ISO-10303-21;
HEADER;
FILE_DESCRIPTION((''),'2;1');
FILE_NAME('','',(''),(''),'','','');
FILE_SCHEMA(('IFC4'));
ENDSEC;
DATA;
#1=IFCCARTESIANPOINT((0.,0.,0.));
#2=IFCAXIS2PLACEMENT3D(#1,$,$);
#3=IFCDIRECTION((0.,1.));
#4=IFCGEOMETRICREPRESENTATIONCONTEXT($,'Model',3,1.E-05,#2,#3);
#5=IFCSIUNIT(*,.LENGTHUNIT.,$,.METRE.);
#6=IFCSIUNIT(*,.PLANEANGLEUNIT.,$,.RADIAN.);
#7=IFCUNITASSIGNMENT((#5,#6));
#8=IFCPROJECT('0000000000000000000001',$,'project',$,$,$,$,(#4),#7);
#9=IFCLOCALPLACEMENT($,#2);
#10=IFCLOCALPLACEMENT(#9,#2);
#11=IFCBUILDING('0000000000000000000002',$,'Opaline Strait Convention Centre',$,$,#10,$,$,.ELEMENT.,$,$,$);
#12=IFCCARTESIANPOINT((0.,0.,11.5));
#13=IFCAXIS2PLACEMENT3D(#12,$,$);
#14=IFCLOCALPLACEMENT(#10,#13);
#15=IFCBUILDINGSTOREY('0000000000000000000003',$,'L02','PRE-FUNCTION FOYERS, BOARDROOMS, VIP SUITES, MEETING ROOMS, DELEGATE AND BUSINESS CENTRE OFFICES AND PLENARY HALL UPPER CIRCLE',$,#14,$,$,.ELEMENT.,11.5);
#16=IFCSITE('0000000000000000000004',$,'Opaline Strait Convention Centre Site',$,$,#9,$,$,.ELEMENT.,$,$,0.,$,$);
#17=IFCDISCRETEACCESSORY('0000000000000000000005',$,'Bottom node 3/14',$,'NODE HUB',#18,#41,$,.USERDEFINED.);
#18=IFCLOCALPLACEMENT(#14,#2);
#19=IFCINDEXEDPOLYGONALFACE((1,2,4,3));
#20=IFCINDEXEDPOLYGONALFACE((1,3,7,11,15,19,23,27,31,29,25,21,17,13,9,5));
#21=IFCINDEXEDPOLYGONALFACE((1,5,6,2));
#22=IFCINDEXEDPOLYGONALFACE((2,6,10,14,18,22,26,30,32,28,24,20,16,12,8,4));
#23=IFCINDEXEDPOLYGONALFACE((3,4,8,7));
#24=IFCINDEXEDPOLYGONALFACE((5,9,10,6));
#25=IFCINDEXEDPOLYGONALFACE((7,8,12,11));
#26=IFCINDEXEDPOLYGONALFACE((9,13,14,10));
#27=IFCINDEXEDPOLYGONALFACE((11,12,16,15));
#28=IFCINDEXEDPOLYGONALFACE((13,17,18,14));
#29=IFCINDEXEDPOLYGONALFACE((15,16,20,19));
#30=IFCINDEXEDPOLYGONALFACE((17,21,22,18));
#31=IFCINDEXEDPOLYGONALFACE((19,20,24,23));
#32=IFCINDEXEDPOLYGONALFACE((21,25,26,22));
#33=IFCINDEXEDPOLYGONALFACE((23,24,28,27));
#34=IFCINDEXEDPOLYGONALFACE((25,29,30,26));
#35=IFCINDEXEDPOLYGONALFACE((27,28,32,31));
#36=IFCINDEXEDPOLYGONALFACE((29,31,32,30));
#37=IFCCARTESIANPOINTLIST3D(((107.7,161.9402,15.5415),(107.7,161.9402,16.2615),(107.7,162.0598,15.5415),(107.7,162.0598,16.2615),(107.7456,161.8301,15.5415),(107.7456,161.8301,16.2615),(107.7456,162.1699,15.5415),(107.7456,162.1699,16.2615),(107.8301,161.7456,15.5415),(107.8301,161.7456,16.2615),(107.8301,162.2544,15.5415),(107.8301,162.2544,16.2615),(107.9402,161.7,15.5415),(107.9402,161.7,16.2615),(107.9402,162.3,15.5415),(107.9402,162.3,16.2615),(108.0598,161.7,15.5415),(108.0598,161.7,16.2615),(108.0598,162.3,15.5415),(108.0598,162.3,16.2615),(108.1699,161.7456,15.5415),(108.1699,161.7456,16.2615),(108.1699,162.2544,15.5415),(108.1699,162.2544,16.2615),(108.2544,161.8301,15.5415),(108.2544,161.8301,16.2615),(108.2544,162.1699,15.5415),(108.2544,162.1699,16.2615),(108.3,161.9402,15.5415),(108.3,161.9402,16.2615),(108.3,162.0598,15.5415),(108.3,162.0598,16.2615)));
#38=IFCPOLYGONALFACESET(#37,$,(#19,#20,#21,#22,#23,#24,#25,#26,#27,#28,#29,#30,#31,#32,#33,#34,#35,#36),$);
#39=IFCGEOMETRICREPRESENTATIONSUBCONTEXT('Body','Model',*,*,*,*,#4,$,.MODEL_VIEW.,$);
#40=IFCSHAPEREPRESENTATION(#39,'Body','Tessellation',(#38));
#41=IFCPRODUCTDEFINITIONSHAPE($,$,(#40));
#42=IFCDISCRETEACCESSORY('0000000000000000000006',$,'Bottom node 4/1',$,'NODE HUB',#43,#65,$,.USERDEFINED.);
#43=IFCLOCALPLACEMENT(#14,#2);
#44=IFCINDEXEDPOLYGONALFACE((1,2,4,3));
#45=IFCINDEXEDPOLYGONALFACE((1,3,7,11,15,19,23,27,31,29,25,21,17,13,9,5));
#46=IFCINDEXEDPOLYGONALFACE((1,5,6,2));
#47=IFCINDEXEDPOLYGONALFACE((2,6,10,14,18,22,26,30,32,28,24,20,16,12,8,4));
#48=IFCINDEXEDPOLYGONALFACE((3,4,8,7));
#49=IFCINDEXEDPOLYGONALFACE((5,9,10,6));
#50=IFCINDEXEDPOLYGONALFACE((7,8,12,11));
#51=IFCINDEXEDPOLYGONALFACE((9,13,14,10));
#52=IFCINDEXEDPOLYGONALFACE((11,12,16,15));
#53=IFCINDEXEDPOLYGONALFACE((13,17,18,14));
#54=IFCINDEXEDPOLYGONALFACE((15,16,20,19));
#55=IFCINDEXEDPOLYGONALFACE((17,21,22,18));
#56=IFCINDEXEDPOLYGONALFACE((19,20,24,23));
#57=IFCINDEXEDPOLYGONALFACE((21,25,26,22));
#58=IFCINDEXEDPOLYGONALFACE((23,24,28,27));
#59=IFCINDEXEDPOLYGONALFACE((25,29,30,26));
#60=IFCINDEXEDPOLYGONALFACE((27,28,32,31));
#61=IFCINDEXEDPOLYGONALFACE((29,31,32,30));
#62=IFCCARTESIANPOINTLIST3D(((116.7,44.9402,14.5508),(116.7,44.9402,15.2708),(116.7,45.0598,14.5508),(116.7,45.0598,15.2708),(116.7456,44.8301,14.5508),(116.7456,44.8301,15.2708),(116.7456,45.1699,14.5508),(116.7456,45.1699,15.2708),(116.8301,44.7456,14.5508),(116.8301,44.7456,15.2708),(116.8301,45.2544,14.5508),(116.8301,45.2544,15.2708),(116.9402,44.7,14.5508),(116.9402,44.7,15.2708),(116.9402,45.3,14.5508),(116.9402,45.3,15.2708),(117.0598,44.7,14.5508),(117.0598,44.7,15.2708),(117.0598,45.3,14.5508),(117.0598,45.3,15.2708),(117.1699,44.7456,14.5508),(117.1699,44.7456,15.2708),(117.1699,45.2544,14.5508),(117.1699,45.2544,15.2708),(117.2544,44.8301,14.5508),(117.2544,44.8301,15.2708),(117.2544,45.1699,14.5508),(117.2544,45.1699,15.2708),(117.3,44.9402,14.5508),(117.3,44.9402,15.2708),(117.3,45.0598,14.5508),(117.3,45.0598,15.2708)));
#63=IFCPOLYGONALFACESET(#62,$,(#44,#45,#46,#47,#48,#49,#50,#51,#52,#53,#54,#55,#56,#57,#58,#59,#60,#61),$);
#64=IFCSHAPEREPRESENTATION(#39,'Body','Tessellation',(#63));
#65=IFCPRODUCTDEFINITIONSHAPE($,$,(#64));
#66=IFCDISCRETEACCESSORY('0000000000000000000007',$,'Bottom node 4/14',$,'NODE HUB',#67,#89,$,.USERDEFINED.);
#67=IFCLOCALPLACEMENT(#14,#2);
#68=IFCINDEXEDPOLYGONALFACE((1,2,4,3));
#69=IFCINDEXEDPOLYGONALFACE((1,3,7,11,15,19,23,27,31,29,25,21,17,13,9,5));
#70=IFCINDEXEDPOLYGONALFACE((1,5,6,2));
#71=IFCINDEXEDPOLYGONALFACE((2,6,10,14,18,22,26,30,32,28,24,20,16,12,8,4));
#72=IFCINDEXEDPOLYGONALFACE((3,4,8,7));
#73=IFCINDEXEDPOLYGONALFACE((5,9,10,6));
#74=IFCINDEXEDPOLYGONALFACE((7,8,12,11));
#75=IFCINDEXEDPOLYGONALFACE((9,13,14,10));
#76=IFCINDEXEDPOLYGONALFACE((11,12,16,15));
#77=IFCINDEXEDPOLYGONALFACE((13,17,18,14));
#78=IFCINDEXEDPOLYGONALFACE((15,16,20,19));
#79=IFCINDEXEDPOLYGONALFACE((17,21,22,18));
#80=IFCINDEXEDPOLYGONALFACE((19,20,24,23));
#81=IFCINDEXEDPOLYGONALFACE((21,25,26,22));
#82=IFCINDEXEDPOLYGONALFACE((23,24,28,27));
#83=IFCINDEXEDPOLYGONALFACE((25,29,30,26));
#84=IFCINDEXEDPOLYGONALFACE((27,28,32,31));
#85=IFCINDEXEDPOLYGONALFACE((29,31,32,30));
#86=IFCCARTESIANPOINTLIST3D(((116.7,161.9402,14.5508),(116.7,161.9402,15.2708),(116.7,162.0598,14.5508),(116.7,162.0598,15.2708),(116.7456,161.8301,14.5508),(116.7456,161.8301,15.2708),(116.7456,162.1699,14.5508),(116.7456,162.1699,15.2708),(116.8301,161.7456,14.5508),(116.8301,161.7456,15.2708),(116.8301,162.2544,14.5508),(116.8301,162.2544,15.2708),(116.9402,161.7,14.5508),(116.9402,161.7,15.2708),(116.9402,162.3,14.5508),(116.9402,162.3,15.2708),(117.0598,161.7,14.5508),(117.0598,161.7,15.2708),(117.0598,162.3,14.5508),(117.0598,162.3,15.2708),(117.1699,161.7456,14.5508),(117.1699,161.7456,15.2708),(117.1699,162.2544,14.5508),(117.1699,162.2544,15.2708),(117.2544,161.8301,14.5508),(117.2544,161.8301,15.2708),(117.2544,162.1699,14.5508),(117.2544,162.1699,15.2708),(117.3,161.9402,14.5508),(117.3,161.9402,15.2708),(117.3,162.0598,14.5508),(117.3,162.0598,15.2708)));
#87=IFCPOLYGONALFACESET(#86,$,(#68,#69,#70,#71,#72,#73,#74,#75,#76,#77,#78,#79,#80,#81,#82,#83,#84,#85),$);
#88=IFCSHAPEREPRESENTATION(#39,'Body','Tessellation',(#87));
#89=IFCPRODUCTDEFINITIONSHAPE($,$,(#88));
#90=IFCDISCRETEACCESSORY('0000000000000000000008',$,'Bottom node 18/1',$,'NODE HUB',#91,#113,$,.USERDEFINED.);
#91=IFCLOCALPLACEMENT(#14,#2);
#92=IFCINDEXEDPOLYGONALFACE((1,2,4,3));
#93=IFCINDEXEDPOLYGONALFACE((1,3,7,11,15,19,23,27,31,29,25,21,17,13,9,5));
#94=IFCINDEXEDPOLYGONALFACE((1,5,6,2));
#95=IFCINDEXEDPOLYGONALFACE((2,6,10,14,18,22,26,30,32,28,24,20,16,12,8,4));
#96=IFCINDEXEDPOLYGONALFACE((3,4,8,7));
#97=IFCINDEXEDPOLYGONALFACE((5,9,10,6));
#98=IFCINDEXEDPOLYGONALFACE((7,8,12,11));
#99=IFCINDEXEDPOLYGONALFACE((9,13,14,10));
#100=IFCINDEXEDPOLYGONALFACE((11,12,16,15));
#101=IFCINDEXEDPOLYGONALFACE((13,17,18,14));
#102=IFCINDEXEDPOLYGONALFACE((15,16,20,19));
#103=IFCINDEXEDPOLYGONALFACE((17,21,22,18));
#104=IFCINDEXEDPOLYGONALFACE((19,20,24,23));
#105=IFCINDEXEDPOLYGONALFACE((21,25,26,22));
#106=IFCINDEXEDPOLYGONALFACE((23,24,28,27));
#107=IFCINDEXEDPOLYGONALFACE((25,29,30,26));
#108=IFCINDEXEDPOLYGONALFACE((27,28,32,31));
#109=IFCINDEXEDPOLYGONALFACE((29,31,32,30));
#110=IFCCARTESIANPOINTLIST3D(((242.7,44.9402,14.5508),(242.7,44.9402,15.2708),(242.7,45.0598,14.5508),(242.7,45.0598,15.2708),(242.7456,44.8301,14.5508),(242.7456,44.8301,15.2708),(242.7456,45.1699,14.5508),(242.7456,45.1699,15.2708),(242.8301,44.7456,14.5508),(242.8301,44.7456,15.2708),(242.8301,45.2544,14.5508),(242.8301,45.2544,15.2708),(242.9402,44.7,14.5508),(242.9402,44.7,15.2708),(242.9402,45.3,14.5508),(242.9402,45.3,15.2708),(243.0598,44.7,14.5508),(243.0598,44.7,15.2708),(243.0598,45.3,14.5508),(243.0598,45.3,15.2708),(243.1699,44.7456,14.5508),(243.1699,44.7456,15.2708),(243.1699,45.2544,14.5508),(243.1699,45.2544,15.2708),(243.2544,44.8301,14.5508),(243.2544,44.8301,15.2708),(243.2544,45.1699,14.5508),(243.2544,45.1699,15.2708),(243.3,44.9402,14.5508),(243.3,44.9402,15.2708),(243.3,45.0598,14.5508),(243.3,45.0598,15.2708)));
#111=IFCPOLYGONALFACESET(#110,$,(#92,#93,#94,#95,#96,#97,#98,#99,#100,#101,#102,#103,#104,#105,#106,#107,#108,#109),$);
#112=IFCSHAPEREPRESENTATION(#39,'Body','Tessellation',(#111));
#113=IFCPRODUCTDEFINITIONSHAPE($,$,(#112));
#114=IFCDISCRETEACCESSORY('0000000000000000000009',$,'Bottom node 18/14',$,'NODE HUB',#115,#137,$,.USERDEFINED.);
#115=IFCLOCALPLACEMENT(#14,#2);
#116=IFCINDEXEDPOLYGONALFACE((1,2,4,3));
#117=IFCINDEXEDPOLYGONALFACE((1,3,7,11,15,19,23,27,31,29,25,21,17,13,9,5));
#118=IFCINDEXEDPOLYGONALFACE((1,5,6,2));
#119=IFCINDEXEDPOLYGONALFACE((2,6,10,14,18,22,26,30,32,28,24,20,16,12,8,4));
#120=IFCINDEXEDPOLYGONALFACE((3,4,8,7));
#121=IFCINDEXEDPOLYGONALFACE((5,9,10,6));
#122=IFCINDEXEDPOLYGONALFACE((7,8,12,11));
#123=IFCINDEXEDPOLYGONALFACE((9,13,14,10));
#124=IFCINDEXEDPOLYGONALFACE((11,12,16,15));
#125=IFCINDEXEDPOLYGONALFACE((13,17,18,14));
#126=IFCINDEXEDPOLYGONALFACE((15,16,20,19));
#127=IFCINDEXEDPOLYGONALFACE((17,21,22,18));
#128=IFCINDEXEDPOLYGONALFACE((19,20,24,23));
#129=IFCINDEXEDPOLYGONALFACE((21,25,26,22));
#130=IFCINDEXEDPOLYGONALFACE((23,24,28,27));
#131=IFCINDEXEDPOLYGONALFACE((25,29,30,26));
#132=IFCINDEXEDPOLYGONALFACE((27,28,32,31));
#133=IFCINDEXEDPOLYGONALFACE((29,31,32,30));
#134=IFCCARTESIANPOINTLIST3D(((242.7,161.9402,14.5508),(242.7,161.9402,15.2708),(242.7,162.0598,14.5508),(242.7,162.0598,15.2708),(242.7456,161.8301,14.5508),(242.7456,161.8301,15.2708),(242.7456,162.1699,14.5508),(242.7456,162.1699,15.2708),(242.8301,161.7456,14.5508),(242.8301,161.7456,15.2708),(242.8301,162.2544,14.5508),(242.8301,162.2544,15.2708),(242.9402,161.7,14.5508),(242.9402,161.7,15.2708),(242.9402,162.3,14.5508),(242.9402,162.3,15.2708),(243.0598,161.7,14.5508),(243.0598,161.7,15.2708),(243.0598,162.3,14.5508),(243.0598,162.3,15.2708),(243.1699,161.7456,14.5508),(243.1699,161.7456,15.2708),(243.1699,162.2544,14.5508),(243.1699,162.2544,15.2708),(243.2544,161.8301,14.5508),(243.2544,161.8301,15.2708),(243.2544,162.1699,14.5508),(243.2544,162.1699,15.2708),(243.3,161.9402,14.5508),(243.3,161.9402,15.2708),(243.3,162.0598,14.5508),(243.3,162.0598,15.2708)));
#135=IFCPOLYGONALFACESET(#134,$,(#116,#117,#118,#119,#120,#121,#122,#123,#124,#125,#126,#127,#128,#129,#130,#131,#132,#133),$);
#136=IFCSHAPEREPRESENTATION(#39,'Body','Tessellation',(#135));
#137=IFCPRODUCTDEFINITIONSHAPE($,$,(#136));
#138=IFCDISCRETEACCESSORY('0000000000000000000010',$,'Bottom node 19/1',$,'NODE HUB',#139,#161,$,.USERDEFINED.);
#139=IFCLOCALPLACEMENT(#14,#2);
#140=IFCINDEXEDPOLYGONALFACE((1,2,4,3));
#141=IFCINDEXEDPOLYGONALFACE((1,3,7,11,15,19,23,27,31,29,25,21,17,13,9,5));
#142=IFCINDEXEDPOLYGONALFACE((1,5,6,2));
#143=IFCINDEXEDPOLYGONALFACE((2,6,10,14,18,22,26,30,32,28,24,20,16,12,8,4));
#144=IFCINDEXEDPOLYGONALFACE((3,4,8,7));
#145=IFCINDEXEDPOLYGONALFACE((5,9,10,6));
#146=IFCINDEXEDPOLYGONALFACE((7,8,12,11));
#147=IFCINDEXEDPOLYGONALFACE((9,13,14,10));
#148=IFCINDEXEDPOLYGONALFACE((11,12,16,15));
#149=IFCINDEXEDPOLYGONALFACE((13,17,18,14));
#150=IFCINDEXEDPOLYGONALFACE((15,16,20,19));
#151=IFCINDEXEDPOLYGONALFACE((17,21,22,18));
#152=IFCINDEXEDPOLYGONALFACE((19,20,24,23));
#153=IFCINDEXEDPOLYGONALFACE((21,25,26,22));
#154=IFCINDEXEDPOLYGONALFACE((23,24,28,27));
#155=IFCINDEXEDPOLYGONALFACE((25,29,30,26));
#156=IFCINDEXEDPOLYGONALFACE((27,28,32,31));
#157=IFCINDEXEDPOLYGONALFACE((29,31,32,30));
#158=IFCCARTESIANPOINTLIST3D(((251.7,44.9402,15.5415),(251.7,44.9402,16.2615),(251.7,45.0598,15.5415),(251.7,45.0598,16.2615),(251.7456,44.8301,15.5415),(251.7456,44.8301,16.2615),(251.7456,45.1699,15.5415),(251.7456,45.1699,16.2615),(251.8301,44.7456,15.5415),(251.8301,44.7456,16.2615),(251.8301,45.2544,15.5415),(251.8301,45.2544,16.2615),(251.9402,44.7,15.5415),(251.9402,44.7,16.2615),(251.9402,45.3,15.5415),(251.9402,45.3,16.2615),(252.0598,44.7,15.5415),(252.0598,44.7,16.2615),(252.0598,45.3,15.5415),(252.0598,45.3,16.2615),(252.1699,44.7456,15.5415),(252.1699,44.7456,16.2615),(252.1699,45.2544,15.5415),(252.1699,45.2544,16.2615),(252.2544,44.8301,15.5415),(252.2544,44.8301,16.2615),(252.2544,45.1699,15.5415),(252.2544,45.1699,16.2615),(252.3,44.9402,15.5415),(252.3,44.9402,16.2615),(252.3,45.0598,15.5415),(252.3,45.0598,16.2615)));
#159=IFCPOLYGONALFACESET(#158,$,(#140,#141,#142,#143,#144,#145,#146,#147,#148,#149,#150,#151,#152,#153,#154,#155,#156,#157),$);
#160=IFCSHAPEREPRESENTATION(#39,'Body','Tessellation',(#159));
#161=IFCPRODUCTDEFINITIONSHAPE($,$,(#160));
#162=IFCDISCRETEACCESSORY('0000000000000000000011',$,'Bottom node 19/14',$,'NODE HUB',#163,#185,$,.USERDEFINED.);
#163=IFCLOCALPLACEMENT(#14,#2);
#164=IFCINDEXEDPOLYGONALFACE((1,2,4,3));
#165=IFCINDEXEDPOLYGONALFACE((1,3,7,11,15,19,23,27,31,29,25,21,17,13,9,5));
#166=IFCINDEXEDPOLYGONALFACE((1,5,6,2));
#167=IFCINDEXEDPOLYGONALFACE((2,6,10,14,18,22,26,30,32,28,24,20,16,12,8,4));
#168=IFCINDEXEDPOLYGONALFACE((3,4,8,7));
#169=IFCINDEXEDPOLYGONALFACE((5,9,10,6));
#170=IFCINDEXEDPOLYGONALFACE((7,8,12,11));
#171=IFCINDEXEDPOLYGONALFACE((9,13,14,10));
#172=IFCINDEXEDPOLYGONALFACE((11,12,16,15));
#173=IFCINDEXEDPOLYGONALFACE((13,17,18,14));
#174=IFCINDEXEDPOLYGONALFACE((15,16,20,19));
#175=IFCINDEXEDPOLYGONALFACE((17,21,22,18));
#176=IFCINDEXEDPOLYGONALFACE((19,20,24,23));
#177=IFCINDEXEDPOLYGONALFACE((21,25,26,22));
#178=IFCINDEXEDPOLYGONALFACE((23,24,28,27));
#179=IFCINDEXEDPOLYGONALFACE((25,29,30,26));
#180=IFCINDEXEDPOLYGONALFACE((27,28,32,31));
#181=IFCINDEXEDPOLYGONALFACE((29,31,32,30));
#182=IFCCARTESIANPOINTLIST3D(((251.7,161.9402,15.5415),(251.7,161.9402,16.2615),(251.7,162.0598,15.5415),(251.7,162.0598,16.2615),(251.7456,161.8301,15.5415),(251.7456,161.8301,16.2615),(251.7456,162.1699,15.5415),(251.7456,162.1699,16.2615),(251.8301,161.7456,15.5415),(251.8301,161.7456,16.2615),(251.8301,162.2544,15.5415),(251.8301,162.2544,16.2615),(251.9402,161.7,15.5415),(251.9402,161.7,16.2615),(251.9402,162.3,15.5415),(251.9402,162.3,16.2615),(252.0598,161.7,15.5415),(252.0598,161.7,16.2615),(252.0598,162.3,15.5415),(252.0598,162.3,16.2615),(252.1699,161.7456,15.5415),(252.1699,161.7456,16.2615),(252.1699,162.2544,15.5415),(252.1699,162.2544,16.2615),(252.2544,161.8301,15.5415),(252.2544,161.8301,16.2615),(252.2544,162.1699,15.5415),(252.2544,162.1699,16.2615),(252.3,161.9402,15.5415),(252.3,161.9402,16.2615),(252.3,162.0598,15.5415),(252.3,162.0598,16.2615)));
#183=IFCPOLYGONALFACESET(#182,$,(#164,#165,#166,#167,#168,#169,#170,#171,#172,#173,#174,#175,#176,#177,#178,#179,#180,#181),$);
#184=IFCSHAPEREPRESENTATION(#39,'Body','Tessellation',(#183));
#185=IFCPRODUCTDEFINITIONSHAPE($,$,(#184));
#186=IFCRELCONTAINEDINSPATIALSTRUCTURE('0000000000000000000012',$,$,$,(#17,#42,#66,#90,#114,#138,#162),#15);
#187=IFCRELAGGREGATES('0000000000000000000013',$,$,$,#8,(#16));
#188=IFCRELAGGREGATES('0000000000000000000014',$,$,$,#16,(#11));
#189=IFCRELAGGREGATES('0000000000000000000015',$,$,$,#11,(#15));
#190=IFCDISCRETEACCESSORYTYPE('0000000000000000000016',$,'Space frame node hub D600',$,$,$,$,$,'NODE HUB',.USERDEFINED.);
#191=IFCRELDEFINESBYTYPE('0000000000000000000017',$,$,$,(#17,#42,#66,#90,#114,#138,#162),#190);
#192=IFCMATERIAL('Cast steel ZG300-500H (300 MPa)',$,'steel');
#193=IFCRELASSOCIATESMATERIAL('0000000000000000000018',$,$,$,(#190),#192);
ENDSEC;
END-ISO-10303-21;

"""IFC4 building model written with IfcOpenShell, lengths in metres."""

from ifc_helpers import new_model, si_unit, direction, frame, origin, place, context, subcontext, project, spatial, polyline, outline, extrude, material, type_object, element, save


model = new_model("IFC4")

# Units and contexts
model_context = context("Model", 3, precision=1e-05, world=origin(), true_north=direction((0.0, 1.0)))
body_context = subcontext(model_context, "Body", "Model", "MODEL_VIEW")
ifc_project = project(units=[si_unit("LENGTHUNIT", "METRE"), si_unit("PLANEANGLEUNIT", "RADIAN")], contexts=[model_context])

# Site, building, storey
site_placement = place(None, origin())
site = spatial("IfcSite", under=ifc_project, at=site_placement, Name="Opaline Strait Convention Centre Site", CompositionType="ELEMENT", RefElevation=0.0)
building_placement = place(site_placement, origin())
building = spatial("IfcBuilding", under=site, at=building_placement, Name="Opaline Strait Convention Centre", CompositionType="ELEMENT")
storey_placement = place(building_placement, frame((0.0, 0.0, 11.5)))
storey = spatial("IfcBuildingStorey", under=building, at=storey_placement, Name="L02", Description="PRE-FUNCTION FOYERS, BOARDROOMS, VIP SUITES, MEETING ROOMS, DELEGATE AND BUSINESS CENTRE OFFICES AND PLENARY HALL UPPER CIRCLE", CompositionType="ELEMENT", Elevation=11.5)

# Discrete accessories
ifc_material = material(Name="Cast steel ZG300-500H (300 MPa)", Category="steel")
discrete_accessory_type_1 = type_object("IfcDiscreteAccessoryType", Name="Space frame node hub D600", ElementType="NODE HUB", PredefinedType="USERDEFINED", material=ifc_material)
discrete_accessory_1_placement = place(storey_placement, frame((0.0, 0.0, 15.5415)))
element("IfcDiscreteAccessory", 1, at=discrete_accessory_1_placement, inside=storey, type_object=discrete_accessory_type_1, Name="Bottom node 3/14", ObjectType="NODE HUB", PredefinedType="USERDEFINED", context=body_context, shape_type="SweptSolid", body=[
    extrude(outline(polyline([(108.3, 162.0598), (108.2544, 162.1699), (108.1699, 162.2544), (108.0598, 162.3), (107.9402, 162.3), (107.8301, 162.2544), (107.7456, 162.1699), (107.7, 162.0598), (107.7, 161.9402), (107.7456, 161.8301), (107.8301, 161.7456), (107.9402, 161.7), (108.0598, 161.7), (108.1699, 161.7456), (108.2544, 161.8301), (108.3, 161.9402), (108.3, 162.0598)])), origin(), (0.0, 0.0, 1.0), 0.72),
])
discrete_accessory_2_placement = place(storey_placement, frame((0.0, 0.0, 14.5508)))
element("IfcDiscreteAccessory", 2, at=discrete_accessory_2_placement, inside=storey, type_object=discrete_accessory_type_1, Name="Bottom node 4/1", ObjectType="NODE HUB", PredefinedType="USERDEFINED", context=body_context, shape_type="SweptSolid", body=[
    extrude(outline(polyline([(117.3, 45.0598), (117.2544, 45.1699), (117.1699, 45.2544), (117.0598, 45.3), (116.9402, 45.3), (116.8301, 45.2544), (116.7456, 45.1699), (116.7, 45.0598), (116.7, 44.9402), (116.7456, 44.8301), (116.8301, 44.7456), (116.9402, 44.7), (117.0598, 44.7), (117.1699, 44.7456), (117.2544, 44.8301), (117.3, 44.9402), (117.3, 45.0598)])), origin(), (0.0, 0.0, 1.0), 0.72),
])
discrete_accessory_3_placement = place(storey_placement, frame((0.0, 0.0, 14.5508)))
element("IfcDiscreteAccessory", 3, at=discrete_accessory_3_placement, inside=storey, type_object=discrete_accessory_type_1, Name="Bottom node 4/14", ObjectType="NODE HUB", PredefinedType="USERDEFINED", context=body_context, shape_type="SweptSolid", body=[
    extrude(outline(polyline([(117.3, 162.0598), (117.2544, 162.1699), (117.1699, 162.2544), (117.0598, 162.3), (116.9402, 162.3), (116.8301, 162.2544), (116.7456, 162.1699), (116.7, 162.0598), (116.7, 161.9402), (116.7456, 161.8301), (116.8301, 161.7456), (116.9402, 161.7), (117.0598, 161.7), (117.1699, 161.7456), (117.2544, 161.8301), (117.3, 161.9402), (117.3, 162.0598)])), origin(), (0.0, 0.0, 1.0), 0.72),
])
discrete_accessory_4_placement = place(storey_placement, frame((0.0, 0.0, 14.5508)))
element("IfcDiscreteAccessory", 4, at=discrete_accessory_4_placement, inside=storey, type_object=discrete_accessory_type_1, Name="Bottom node 18/1", ObjectType="NODE HUB", PredefinedType="USERDEFINED", context=body_context, shape_type="SweptSolid", body=[
    extrude(outline(polyline([(243.3, 45.0598), (243.2544, 45.1699), (243.1699, 45.2544), (243.0598, 45.3), (242.9402, 45.3), (242.8301, 45.2544), (242.7456, 45.1699), (242.7, 45.0598), (242.7, 44.9402), (242.7456, 44.8301), (242.8301, 44.7456), (242.9402, 44.7), (243.0598, 44.7), (243.1699, 44.7456), (243.2544, 44.8301), (243.3, 44.9402), (243.3, 45.0598)])), origin(), (0.0, 0.0, 1.0), 0.72),
])
discrete_accessory_5_placement = place(storey_placement, frame((0.0, 0.0, 14.5508)))
element("IfcDiscreteAccessory", 5, at=discrete_accessory_5_placement, inside=storey, type_object=discrete_accessory_type_1, Name="Bottom node 18/14", ObjectType="NODE HUB", PredefinedType="USERDEFINED", context=body_context, shape_type="SweptSolid", body=[
    extrude(outline(polyline([(243.3, 162.0598), (243.2544, 162.1699), (243.1699, 162.2544), (243.0598, 162.3), (242.9402, 162.3), (242.8301, 162.2544), (242.7456, 162.1699), (242.7, 162.0598), (242.7, 161.9402), (242.7456, 161.8301), (242.8301, 161.7456), (242.9402, 161.7), (243.0598, 161.7), (243.1699, 161.7456), (243.2544, 161.8301), (243.3, 161.9402), (243.3, 162.0598)])), origin(), (0.0, 0.0, 1.0), 0.72),
])
discrete_accessory_6_placement = place(storey_placement, frame((0.0, 0.0, 15.5415)))
element("IfcDiscreteAccessory", 6, at=discrete_accessory_6_placement, inside=storey, type_object=discrete_accessory_type_1, Name="Bottom node 19/1", ObjectType="NODE HUB", PredefinedType="USERDEFINED", context=body_context, shape_type="SweptSolid", body=[
    extrude(outline(polyline([(252.3, 45.0598), (252.2544, 45.1699), (252.1699, 45.2544), (252.0598, 45.3), (251.9402, 45.3), (251.8301, 45.2544), (251.7456, 45.1699), (251.7, 45.0598), (251.7, 44.9402), (251.7456, 44.8301), (251.8301, 44.7456), (251.9402, 44.7), (252.0598, 44.7), (252.1699, 44.7456), (252.2544, 44.8301), (252.3, 44.9402), (252.3, 45.0598)])), origin(), (0.0, 0.0, 1.0), 0.72),
])
discrete_accessory_7_placement = place(storey_placement, frame((0.0, 0.0, 15.5415)))
element("IfcDiscreteAccessory", 7, at=discrete_accessory_7_placement, inside=storey, type_object=discrete_accessory_type_1, Name="Bottom node 19/14", ObjectType="NODE HUB", PredefinedType="USERDEFINED", context=body_context, shape_type="SweptSolid", body=[
    extrude(outline(polyline([(252.3, 162.0598), (252.2544, 162.1699), (252.1699, 162.2544), (252.0598, 162.3), (251.9402, 162.3), (251.8301, 162.2544), (251.7456, 162.1699), (251.7, 162.0598), (251.7, 161.9402), (251.7456, 161.8301), (251.8301, 161.7456), (251.9402, 161.7), (252.0598, 161.7), (252.1699, 161.7456), (252.2544, 161.8301), (252.3, 161.9402), (252.3, 162.0598)])), origin(), (0.0, 0.0, 1.0), 0.72),
])

save(model, "model.ifc")
